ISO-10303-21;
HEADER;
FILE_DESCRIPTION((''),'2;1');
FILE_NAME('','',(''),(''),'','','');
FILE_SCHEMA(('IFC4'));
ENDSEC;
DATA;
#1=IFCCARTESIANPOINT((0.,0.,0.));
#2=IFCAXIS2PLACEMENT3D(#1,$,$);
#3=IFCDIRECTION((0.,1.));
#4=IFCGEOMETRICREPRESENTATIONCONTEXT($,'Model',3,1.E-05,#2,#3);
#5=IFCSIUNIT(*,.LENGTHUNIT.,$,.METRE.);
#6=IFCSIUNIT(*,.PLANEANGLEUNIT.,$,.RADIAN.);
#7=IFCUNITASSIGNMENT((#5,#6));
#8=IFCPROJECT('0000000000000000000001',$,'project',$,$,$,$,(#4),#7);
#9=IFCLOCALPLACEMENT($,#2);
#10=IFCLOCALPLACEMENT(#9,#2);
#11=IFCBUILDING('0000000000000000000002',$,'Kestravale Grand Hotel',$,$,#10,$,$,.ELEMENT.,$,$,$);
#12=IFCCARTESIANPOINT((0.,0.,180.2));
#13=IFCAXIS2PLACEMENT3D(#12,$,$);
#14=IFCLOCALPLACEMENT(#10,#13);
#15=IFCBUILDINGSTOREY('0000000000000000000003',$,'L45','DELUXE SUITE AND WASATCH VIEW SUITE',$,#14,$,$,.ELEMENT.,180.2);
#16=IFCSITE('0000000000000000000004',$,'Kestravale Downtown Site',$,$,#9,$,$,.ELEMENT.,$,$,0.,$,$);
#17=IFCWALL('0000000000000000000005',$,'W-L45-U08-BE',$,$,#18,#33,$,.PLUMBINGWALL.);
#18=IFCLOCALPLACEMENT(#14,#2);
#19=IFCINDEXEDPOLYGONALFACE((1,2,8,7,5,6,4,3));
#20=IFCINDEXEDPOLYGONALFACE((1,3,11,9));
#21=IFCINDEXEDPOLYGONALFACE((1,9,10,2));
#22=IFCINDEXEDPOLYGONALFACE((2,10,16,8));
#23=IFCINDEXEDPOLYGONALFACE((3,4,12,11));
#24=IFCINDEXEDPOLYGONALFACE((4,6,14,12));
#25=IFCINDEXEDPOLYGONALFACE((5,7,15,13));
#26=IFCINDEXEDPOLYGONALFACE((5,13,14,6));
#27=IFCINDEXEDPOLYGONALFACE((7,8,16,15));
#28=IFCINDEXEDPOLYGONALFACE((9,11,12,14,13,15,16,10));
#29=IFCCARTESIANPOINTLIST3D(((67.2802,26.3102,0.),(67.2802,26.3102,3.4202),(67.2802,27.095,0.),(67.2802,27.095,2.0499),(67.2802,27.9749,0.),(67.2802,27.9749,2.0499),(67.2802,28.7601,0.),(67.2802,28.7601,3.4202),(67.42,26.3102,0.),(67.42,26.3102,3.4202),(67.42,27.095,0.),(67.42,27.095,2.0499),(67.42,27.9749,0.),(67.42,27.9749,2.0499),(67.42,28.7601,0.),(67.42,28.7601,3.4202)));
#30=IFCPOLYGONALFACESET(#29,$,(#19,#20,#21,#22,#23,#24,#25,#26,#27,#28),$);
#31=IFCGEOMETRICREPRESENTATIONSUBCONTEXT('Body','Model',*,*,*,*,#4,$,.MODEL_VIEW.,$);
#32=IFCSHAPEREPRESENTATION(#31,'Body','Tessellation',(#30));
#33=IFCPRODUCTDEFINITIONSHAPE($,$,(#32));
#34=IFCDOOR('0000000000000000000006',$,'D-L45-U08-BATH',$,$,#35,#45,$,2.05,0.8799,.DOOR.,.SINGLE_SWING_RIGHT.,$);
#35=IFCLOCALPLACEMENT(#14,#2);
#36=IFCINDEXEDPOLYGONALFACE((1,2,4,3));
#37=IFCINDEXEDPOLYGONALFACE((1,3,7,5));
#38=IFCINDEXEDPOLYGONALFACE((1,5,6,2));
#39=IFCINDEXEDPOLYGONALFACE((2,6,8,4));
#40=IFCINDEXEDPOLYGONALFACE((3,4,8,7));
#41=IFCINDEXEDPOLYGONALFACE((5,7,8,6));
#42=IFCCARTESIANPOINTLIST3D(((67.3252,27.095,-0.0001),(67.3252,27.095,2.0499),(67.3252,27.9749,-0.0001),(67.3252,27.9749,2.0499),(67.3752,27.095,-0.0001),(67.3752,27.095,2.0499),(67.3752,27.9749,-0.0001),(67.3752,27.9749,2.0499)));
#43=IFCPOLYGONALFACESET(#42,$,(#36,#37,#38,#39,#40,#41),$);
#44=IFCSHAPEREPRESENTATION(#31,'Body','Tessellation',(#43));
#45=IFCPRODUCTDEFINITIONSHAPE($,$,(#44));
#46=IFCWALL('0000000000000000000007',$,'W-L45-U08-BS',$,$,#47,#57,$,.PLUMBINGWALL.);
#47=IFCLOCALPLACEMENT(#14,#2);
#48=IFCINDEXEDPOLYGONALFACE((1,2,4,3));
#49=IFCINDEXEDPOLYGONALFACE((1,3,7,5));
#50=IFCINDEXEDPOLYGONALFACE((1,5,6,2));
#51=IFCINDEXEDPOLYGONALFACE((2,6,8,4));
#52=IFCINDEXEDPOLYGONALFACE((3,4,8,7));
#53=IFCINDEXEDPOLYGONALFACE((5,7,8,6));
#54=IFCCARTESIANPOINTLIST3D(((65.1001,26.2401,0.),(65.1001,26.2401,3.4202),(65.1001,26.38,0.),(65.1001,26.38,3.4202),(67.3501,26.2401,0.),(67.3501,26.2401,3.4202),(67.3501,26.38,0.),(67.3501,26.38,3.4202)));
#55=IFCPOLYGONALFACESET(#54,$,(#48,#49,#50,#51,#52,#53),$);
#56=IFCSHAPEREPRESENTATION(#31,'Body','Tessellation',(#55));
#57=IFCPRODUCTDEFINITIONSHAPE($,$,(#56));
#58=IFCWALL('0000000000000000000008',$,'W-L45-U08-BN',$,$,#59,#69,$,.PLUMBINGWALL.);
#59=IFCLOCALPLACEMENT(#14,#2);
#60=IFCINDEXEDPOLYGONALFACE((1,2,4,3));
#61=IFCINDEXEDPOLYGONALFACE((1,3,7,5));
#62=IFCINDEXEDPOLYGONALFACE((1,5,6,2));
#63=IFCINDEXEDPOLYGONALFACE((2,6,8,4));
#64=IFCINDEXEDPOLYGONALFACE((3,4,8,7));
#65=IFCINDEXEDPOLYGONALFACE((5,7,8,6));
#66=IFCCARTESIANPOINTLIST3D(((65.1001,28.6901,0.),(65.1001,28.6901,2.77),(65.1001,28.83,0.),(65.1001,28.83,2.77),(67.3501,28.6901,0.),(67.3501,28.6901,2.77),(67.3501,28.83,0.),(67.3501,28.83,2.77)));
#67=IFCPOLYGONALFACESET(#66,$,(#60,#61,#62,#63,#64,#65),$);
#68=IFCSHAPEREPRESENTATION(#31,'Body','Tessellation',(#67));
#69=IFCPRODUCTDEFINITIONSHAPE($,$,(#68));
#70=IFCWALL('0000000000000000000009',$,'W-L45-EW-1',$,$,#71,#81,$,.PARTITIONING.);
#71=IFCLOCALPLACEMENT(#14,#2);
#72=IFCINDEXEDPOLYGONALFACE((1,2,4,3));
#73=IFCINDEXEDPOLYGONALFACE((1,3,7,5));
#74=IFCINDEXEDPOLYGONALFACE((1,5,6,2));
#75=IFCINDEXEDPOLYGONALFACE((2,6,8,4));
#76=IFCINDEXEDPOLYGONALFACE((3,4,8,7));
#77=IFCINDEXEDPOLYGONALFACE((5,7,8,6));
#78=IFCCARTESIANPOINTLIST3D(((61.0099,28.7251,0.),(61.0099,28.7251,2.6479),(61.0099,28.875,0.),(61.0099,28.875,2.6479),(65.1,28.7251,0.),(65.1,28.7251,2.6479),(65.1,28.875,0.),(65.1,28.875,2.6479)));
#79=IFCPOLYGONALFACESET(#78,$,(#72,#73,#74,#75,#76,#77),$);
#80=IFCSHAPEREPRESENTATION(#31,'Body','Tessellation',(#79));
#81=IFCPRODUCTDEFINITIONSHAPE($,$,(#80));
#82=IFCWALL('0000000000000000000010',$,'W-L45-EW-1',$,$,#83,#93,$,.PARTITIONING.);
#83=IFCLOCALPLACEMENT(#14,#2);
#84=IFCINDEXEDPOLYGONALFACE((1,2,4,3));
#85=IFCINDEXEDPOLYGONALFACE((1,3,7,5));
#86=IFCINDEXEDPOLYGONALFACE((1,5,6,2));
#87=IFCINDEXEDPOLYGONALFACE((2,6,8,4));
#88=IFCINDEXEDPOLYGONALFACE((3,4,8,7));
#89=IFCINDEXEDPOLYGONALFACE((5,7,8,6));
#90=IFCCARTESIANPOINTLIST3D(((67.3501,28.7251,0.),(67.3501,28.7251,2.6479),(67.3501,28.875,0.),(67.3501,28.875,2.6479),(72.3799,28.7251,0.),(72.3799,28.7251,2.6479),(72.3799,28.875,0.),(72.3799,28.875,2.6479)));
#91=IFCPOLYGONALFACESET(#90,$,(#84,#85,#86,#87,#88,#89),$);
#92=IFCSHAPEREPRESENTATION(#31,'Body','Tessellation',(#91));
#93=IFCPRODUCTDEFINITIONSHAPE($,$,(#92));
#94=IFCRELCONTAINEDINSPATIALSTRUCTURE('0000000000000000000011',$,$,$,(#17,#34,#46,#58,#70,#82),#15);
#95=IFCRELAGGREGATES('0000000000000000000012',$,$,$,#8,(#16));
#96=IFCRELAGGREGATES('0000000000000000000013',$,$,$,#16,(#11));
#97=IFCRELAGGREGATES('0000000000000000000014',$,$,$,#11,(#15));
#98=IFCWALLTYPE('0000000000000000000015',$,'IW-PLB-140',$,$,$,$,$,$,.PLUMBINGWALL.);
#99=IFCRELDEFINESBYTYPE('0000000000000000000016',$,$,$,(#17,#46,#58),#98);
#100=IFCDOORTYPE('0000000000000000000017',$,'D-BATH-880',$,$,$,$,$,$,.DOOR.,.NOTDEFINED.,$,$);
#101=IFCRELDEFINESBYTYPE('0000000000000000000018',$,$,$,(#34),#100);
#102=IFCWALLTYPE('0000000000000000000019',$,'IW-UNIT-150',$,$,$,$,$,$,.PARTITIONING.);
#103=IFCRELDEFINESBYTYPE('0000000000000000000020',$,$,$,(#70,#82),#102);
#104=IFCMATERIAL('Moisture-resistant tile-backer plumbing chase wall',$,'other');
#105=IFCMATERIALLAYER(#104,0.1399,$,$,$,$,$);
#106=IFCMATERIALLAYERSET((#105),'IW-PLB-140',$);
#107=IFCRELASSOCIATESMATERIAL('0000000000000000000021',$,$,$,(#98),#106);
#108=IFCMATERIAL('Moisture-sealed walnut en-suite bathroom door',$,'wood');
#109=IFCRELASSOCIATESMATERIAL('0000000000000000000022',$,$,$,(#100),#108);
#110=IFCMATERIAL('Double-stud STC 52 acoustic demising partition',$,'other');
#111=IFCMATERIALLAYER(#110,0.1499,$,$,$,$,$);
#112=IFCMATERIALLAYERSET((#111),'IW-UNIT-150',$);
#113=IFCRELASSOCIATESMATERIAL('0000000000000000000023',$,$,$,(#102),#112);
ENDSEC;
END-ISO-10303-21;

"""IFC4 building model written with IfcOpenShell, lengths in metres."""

from ifc_helpers import new_model, si_unit, direction, frame, frame_2d, origin, place, context, subcontext, project, spatial, rectangle, extrude, material, layer, layer_set, type_object, element, fill, save


model = new_model("IFC4")

# Units and contexts
model_context = context("Model", 3, precision=1e-05, world=origin(), true_north=direction((0.0, 1.0)))
body_context = subcontext(model_context, "Body", "Model", "MODEL_VIEW")
ifc_project = project(units=[si_unit("LENGTHUNIT", "METRE"), si_unit("PLANEANGLEUNIT", "RADIAN")], contexts=[model_context])

# Site, building, storey
site_placement = place(None, origin())
site = spatial("IfcSite", under=ifc_project, at=site_placement, Name="Kestravale Downtown Site", CompositionType="ELEMENT", RefElevation=0.0)
building_placement = place(site_placement, origin())
building = spatial("IfcBuilding", under=site, at=building_placement, Name="Kestravale Grand Hotel", CompositionType="ELEMENT")
storey_placement = place(building_placement, frame((0.0, 0.0, 180.2)))
storey = spatial("IfcBuildingStorey", under=building, at=storey_placement, Name="L45", Description="DELUXE SUITE AND WASATCH VIEW SUITE", CompositionType="ELEMENT", Elevation=180.2)

# Shared definitions
ifc_material_1 = material(Name="Moisture-resistant tile-backer plumbing chase wall", Category="other")
ifc_layer_1 = layer(ifc_material_1, 0.1399)
ifc_layer_set_1 = layer_set([ifc_layer_1], Name="IW-PLB-140")
wall_type_1 = type_object("IfcWallType", Name="IW-PLB-140", PredefinedType="PLUMBINGWALL", material=ifc_layer_set_1)

# Wall, opening, door
wall_1_placement = place(storey_placement, frame((67.3501, 26.3101, 0.0), z_axis=(0.0, 0.0, 1.0), x_axis=(0.0, 1.0, 0.0)))
wall_1 = element("IfcWall", 1, at=wall_1_placement, inside=storey, type_object=wall_type_1, Name="W-L45-U08-BE", PredefinedType="PLUMBINGWALL", context=body_context, shape_type="SweptSolid", body=[
    extrude(rectangle(XDim=2.45, YDim=0.1399, at=frame_2d((1.2251, 0.0))), origin(), (0.0, 0.0, 1.0), 3.4202),
])
opening_placement = place(wall_1_placement, frame((0.7849, 0.0, 0.0)))
opening = element("IfcOpeningElement", 2, at=opening_placement, cuts=wall_1, PredefinedType="OPENING", context=body_context, shape_type="SweptSolid", body=[
    extrude(rectangle(XDim=0.8799, YDim=2.05, at=frame_2d((0.4399, 1.0249))), frame((0.0, 0.0798, 0.0), z_axis=(0.0, -1.0, 0.0), x_axis=(1.0, 0.0, 0.0)), (0.0, 0.0, 1.0), 0.1599),
])
ifc_material_2 = material(Name="Moisture-sealed walnut en-suite bathroom door", Category="wood")
door_type = type_object("IfcDoorType", Name="D-BATH-880", OperationType="NOTDEFINED", PredefinedType="DOOR", material=ifc_material_2)
door_placement = place(opening_placement, origin())
door = element("IfcDoor", 3, at=door_placement, inside=storey, type_object=door_type, Name="D-L45-U08-BATH", OperationType="SINGLE_SWING_RIGHT", OverallHeight=2.05, OverallWidth=0.8799, PredefinedType="DOOR", context=body_context, shape_type="SweptSolid", body=[
    extrude(rectangle(XDim=0.8799, YDim=2.05, at=frame_2d((0.4399, 1.0249))), frame((0.0, 0.0249, 0.0), z_axis=(0.0, -1.0, 0.0), x_axis=(1.0, 0.0, 0.0)), (0.0, 0.0, 1.0), 0.05),
])
fill(opening, door)

# Walls
wall_2_placement = place(storey_placement, frame((65.1001, 26.3101, 0.0), z_axis=(0.0, 0.0, 1.0), x_axis=(1.0, 0.0, 0.0)))
element("IfcWall", 4, at=wall_2_placement, inside=storey, type_object=wall_type_1, Name="W-L45-U08-BS", PredefinedType="PLUMBINGWALL", context=body_context, shape_type="SweptSolid", body=[
    extrude(rectangle(XDim=2.25, YDim=0.1399, at=frame_2d((1.125, 0.0))), origin(), (0.0, 0.0, 1.0), 3.4202),
])
wall_3_placement = place(storey_placement, frame((65.1001, 28.76, 0.0), z_axis=(0.0, 0.0, 1.0), x_axis=(1.0, 0.0, 0.0)))
element("IfcWall", 5, at=wall_3_placement, inside=storey, type_object=wall_type_1, Name="W-L45-U08-BN", PredefinedType="PLUMBINGWALL", context=body_context, shape_type="SweptSolid", body=[
    extrude(rectangle(XDim=2.25, YDim=0.1399, at=frame_2d((1.125, 0.0))), origin(), (0.0, 0.0, 1.0), 2.77),
])
ifc_material_3 = material(Name="Double-stud STC 52 acoustic demising partition", Category="other")
ifc_layer_2 = layer(ifc_material_3, 0.1499)
ifc_layer_set_2 = layer_set([ifc_layer_2], Name="IW-UNIT-150")
wall_type_2 = type_object("IfcWallType", Name="IW-UNIT-150", PredefinedType="PARTITIONING", material=ifc_layer_set_2)
wall_4_placement = place(storey_placement, frame((61.01, 28.8, 0.0), z_axis=(0.0, 0.0, 1.0), x_axis=(1.0, 0.0, 0.0)))
element("IfcWall", 6, at=wall_4_placement, inside=storey, type_object=wall_type_2, Name="W-L45-EW-1", PredefinedType="PARTITIONING", context=body_context, shape_type="SweptSolid", body=[
    extrude(rectangle(XDim=4.0901, YDim=0.1499, at=frame_2d((2.0449, 0.0))), origin(), (0.0, 0.0, 1.0), 2.6479),
])
wall_5_placement = place(storey_placement, frame((67.3501, 28.8, 0.0), z_axis=(0.0, 0.0, 1.0), x_axis=(1.0, 0.0, 0.0)))
element("IfcWall", 7, at=wall_5_placement, inside=storey, type_object=wall_type_2, Name="W-L45-EW-1", PredefinedType="PARTITIONING", context=body_context, shape_type="SweptSolid", body=[
    extrude(rectangle(XDim=5.0298, YDim=0.1499, at=frame_2d((2.5149, 0.0))), origin(), (0.0, 0.0, 1.0), 2.6479),
])

save(model, "model.ifc")
